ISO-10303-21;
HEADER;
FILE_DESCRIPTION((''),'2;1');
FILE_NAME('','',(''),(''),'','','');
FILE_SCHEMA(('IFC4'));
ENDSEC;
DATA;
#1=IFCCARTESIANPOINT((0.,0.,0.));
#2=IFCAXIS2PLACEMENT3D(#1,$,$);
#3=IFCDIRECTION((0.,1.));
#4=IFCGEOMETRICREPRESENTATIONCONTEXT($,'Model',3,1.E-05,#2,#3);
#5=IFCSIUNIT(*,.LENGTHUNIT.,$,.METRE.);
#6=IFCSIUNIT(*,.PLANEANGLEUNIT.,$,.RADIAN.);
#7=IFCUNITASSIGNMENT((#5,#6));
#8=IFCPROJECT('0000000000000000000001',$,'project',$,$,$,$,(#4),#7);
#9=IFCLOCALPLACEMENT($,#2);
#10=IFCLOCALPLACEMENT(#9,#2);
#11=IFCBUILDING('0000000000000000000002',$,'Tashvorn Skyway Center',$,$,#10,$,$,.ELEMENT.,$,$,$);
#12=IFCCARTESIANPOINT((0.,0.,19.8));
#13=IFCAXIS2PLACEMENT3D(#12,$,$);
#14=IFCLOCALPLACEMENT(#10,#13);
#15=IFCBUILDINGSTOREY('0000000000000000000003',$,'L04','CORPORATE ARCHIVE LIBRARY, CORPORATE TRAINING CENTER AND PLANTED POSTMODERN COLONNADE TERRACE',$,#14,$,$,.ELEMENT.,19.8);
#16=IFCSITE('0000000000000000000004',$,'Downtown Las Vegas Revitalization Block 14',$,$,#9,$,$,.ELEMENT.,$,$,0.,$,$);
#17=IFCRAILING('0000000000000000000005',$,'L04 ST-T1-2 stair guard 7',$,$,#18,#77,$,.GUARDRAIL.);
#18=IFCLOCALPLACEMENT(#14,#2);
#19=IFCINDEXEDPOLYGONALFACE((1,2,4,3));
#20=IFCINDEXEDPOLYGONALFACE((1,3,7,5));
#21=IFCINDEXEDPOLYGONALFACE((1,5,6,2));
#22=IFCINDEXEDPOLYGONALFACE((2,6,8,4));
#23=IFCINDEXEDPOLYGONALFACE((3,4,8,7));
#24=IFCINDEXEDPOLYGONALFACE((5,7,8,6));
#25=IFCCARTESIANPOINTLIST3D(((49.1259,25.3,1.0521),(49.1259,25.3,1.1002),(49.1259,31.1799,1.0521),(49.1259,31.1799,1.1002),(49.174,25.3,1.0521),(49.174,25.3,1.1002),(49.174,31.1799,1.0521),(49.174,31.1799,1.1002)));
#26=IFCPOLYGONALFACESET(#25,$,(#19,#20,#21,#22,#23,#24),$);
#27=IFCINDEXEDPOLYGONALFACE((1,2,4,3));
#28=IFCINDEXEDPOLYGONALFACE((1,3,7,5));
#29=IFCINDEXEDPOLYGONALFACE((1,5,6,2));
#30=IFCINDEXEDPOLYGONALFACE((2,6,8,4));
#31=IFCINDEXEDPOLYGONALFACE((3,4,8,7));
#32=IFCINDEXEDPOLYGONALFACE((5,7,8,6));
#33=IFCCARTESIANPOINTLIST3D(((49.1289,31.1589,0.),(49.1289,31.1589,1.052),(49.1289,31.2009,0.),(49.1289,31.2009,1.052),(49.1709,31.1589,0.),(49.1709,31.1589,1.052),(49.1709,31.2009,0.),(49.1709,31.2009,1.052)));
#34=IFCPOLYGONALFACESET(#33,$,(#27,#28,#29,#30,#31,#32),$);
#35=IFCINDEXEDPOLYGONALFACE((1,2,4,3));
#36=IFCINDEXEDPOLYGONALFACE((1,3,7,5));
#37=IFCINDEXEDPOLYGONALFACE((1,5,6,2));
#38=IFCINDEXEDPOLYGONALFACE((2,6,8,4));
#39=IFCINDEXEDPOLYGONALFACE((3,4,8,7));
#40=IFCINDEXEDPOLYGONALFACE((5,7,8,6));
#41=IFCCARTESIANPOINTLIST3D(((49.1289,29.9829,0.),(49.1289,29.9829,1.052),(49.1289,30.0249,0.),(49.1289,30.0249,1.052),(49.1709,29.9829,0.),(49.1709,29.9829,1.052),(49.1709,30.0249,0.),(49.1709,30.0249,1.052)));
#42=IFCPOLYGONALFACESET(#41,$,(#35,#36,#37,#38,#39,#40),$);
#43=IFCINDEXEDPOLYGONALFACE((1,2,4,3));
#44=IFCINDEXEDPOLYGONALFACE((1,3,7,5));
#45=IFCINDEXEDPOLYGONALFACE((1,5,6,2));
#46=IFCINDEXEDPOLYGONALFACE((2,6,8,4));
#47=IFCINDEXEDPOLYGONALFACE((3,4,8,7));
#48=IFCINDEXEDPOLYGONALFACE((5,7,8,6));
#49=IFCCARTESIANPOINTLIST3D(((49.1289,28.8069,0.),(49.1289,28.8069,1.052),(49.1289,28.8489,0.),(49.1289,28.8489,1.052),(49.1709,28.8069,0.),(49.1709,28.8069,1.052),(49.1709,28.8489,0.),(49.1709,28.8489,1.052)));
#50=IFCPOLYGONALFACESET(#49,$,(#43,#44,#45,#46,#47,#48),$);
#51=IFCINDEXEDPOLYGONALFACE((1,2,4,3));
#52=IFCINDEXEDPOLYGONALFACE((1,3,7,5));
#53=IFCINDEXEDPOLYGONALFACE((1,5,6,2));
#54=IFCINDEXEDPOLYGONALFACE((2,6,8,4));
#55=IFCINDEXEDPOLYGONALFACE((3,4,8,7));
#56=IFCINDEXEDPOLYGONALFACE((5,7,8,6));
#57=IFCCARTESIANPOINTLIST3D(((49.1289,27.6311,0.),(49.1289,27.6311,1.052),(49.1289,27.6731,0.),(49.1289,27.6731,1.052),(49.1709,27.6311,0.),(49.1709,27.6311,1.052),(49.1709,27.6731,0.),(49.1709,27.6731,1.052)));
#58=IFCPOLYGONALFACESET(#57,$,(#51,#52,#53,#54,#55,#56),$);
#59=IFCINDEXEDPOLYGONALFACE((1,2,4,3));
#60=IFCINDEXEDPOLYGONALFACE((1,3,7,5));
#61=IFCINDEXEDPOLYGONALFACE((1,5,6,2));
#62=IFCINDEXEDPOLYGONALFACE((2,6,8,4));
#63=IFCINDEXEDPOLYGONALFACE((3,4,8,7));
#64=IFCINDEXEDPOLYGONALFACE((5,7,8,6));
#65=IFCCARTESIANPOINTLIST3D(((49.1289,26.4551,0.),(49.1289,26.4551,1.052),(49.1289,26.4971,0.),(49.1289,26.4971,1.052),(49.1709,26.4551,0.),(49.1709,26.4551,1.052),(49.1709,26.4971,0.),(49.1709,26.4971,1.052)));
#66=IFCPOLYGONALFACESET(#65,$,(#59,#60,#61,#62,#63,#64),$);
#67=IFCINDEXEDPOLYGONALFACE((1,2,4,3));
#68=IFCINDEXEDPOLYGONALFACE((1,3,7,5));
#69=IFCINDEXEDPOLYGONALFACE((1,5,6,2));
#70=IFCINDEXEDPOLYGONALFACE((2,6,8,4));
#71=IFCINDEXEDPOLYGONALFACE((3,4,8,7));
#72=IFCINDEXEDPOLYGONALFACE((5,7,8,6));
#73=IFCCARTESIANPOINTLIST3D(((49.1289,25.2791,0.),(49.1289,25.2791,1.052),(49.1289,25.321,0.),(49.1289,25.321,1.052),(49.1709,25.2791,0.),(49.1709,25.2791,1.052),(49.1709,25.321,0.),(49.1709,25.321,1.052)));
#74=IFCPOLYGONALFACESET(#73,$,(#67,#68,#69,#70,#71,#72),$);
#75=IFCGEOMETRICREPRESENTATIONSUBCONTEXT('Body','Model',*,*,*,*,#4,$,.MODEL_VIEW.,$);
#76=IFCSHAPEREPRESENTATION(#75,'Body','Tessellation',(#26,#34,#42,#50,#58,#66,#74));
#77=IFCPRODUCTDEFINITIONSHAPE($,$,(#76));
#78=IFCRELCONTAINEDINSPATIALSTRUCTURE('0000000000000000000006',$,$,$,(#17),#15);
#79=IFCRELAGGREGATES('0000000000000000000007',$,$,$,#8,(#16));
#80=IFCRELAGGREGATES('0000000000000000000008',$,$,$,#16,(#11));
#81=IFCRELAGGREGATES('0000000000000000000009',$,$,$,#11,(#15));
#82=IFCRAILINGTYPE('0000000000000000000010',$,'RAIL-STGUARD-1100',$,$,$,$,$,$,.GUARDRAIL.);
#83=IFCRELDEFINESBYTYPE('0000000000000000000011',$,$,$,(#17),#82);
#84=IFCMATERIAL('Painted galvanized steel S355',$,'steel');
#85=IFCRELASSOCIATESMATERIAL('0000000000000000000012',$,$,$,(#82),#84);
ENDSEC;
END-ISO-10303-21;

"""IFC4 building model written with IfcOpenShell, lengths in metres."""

from ifc_helpers import new_model, si_unit, direction, frame, origin, origin_2d, place, context, subcontext, project, spatial, rectangle, extrude, material, type_object, element, save


model = new_model("IFC4")

# Units and contexts
model_context = context("Model", 3, precision=1e-05, world=origin(), true_north=direction((0.0, 1.0)))
body_context = subcontext(model_context, "Body", "Model", "MODEL_VIEW")
ifc_project = project(units=[si_unit("LENGTHUNIT", "METRE"), si_unit("PLANEANGLEUNIT", "RADIAN")], contexts=[model_context])

# Site, building, storey
site_placement = place(None, origin())
site = spatial("IfcSite", under=ifc_project, at=site_placement, Name="Downtown Las Vegas Revitalization Block 14", CompositionType="ELEMENT", RefElevation=0.0)
building_placement = place(site_placement, origin())
building = spatial("IfcBuilding", under=site, at=building_placement, Name="Tashvorn Skyway Center", CompositionType="ELEMENT")
storey_placement = place(building_placement, frame((0.0, 0.0, 19.8)))
storey = spatial("IfcBuildingStorey", under=building, at=storey_placement, Name="L04", Description="CORPORATE ARCHIVE LIBRARY, CORPORATE TRAINING CENTER AND PLANTED POSTMODERN COLONNADE TERRACE", CompositionType="ELEMENT", Elevation=19.8)

# Railing
ifc_material_1 = material(Name="Painted galvanized steel S355", Category="steel")
railing_type_1 = type_object("IfcRailingType", Name="RAIL-STGUARD-1100", PredefinedType="GUARDRAIL", material=ifc_material_1)
railing_1_placement = place(storey_placement, frame((49.1499, 31.1799, 0.0)))
element("IfcRailing", 1, at=railing_1_placement, inside=storey, type_object=railing_type_1, Name="L04 ST-T1-2 stair guard 7", PredefinedType="GUARDRAIL", context=body_context, shape_type="SweptSolid", body=[
    extrude(rectangle(XDim=0.0481, YDim=0.0481, at=origin_2d()), frame((0.0, 0.0, 1.0762), z_axis=(0.0, -1.0, 0.0), x_axis=(1.0, 0.0, 0.0)), (0.0, 0.0, 1.0), 5.8799),
    extrude(rectangle(XDim=0.042, YDim=0.042, at=origin_2d()), origin(), (0.0, 0.0, 1.0), 1.052),
    extrude(rectangle(XDim=0.042, YDim=0.042, at=origin_2d()), frame((0.0, -1.176, 0.0)), (0.0, 0.0, 1.0), 1.052),
    extrude(rectangle(XDim=0.042, YDim=0.042, at=origin_2d()), frame((0.0, -2.3521, 0.0)), (0.0, 0.0, 1.0), 1.052),
    extrude(rectangle(XDim=0.042, YDim=0.042, at=origin_2d()), frame((0.0, -3.5278, 0.0)), (0.0, 0.0, 1.0), 1.052),
    extrude(rectangle(XDim=0.042, YDim=0.042, at=origin_2d()), frame((0.0, -4.7039, 0.0)), (0.0, 0.0, 1.0), 1.052),
    extrude(rectangle(XDim=0.042, YDim=0.042, at=origin_2d()), frame((0.0, -5.8799, 0.0)), (0.0, 0.0, 1.0), 1.052),
])

save(model, "model.ifc")
